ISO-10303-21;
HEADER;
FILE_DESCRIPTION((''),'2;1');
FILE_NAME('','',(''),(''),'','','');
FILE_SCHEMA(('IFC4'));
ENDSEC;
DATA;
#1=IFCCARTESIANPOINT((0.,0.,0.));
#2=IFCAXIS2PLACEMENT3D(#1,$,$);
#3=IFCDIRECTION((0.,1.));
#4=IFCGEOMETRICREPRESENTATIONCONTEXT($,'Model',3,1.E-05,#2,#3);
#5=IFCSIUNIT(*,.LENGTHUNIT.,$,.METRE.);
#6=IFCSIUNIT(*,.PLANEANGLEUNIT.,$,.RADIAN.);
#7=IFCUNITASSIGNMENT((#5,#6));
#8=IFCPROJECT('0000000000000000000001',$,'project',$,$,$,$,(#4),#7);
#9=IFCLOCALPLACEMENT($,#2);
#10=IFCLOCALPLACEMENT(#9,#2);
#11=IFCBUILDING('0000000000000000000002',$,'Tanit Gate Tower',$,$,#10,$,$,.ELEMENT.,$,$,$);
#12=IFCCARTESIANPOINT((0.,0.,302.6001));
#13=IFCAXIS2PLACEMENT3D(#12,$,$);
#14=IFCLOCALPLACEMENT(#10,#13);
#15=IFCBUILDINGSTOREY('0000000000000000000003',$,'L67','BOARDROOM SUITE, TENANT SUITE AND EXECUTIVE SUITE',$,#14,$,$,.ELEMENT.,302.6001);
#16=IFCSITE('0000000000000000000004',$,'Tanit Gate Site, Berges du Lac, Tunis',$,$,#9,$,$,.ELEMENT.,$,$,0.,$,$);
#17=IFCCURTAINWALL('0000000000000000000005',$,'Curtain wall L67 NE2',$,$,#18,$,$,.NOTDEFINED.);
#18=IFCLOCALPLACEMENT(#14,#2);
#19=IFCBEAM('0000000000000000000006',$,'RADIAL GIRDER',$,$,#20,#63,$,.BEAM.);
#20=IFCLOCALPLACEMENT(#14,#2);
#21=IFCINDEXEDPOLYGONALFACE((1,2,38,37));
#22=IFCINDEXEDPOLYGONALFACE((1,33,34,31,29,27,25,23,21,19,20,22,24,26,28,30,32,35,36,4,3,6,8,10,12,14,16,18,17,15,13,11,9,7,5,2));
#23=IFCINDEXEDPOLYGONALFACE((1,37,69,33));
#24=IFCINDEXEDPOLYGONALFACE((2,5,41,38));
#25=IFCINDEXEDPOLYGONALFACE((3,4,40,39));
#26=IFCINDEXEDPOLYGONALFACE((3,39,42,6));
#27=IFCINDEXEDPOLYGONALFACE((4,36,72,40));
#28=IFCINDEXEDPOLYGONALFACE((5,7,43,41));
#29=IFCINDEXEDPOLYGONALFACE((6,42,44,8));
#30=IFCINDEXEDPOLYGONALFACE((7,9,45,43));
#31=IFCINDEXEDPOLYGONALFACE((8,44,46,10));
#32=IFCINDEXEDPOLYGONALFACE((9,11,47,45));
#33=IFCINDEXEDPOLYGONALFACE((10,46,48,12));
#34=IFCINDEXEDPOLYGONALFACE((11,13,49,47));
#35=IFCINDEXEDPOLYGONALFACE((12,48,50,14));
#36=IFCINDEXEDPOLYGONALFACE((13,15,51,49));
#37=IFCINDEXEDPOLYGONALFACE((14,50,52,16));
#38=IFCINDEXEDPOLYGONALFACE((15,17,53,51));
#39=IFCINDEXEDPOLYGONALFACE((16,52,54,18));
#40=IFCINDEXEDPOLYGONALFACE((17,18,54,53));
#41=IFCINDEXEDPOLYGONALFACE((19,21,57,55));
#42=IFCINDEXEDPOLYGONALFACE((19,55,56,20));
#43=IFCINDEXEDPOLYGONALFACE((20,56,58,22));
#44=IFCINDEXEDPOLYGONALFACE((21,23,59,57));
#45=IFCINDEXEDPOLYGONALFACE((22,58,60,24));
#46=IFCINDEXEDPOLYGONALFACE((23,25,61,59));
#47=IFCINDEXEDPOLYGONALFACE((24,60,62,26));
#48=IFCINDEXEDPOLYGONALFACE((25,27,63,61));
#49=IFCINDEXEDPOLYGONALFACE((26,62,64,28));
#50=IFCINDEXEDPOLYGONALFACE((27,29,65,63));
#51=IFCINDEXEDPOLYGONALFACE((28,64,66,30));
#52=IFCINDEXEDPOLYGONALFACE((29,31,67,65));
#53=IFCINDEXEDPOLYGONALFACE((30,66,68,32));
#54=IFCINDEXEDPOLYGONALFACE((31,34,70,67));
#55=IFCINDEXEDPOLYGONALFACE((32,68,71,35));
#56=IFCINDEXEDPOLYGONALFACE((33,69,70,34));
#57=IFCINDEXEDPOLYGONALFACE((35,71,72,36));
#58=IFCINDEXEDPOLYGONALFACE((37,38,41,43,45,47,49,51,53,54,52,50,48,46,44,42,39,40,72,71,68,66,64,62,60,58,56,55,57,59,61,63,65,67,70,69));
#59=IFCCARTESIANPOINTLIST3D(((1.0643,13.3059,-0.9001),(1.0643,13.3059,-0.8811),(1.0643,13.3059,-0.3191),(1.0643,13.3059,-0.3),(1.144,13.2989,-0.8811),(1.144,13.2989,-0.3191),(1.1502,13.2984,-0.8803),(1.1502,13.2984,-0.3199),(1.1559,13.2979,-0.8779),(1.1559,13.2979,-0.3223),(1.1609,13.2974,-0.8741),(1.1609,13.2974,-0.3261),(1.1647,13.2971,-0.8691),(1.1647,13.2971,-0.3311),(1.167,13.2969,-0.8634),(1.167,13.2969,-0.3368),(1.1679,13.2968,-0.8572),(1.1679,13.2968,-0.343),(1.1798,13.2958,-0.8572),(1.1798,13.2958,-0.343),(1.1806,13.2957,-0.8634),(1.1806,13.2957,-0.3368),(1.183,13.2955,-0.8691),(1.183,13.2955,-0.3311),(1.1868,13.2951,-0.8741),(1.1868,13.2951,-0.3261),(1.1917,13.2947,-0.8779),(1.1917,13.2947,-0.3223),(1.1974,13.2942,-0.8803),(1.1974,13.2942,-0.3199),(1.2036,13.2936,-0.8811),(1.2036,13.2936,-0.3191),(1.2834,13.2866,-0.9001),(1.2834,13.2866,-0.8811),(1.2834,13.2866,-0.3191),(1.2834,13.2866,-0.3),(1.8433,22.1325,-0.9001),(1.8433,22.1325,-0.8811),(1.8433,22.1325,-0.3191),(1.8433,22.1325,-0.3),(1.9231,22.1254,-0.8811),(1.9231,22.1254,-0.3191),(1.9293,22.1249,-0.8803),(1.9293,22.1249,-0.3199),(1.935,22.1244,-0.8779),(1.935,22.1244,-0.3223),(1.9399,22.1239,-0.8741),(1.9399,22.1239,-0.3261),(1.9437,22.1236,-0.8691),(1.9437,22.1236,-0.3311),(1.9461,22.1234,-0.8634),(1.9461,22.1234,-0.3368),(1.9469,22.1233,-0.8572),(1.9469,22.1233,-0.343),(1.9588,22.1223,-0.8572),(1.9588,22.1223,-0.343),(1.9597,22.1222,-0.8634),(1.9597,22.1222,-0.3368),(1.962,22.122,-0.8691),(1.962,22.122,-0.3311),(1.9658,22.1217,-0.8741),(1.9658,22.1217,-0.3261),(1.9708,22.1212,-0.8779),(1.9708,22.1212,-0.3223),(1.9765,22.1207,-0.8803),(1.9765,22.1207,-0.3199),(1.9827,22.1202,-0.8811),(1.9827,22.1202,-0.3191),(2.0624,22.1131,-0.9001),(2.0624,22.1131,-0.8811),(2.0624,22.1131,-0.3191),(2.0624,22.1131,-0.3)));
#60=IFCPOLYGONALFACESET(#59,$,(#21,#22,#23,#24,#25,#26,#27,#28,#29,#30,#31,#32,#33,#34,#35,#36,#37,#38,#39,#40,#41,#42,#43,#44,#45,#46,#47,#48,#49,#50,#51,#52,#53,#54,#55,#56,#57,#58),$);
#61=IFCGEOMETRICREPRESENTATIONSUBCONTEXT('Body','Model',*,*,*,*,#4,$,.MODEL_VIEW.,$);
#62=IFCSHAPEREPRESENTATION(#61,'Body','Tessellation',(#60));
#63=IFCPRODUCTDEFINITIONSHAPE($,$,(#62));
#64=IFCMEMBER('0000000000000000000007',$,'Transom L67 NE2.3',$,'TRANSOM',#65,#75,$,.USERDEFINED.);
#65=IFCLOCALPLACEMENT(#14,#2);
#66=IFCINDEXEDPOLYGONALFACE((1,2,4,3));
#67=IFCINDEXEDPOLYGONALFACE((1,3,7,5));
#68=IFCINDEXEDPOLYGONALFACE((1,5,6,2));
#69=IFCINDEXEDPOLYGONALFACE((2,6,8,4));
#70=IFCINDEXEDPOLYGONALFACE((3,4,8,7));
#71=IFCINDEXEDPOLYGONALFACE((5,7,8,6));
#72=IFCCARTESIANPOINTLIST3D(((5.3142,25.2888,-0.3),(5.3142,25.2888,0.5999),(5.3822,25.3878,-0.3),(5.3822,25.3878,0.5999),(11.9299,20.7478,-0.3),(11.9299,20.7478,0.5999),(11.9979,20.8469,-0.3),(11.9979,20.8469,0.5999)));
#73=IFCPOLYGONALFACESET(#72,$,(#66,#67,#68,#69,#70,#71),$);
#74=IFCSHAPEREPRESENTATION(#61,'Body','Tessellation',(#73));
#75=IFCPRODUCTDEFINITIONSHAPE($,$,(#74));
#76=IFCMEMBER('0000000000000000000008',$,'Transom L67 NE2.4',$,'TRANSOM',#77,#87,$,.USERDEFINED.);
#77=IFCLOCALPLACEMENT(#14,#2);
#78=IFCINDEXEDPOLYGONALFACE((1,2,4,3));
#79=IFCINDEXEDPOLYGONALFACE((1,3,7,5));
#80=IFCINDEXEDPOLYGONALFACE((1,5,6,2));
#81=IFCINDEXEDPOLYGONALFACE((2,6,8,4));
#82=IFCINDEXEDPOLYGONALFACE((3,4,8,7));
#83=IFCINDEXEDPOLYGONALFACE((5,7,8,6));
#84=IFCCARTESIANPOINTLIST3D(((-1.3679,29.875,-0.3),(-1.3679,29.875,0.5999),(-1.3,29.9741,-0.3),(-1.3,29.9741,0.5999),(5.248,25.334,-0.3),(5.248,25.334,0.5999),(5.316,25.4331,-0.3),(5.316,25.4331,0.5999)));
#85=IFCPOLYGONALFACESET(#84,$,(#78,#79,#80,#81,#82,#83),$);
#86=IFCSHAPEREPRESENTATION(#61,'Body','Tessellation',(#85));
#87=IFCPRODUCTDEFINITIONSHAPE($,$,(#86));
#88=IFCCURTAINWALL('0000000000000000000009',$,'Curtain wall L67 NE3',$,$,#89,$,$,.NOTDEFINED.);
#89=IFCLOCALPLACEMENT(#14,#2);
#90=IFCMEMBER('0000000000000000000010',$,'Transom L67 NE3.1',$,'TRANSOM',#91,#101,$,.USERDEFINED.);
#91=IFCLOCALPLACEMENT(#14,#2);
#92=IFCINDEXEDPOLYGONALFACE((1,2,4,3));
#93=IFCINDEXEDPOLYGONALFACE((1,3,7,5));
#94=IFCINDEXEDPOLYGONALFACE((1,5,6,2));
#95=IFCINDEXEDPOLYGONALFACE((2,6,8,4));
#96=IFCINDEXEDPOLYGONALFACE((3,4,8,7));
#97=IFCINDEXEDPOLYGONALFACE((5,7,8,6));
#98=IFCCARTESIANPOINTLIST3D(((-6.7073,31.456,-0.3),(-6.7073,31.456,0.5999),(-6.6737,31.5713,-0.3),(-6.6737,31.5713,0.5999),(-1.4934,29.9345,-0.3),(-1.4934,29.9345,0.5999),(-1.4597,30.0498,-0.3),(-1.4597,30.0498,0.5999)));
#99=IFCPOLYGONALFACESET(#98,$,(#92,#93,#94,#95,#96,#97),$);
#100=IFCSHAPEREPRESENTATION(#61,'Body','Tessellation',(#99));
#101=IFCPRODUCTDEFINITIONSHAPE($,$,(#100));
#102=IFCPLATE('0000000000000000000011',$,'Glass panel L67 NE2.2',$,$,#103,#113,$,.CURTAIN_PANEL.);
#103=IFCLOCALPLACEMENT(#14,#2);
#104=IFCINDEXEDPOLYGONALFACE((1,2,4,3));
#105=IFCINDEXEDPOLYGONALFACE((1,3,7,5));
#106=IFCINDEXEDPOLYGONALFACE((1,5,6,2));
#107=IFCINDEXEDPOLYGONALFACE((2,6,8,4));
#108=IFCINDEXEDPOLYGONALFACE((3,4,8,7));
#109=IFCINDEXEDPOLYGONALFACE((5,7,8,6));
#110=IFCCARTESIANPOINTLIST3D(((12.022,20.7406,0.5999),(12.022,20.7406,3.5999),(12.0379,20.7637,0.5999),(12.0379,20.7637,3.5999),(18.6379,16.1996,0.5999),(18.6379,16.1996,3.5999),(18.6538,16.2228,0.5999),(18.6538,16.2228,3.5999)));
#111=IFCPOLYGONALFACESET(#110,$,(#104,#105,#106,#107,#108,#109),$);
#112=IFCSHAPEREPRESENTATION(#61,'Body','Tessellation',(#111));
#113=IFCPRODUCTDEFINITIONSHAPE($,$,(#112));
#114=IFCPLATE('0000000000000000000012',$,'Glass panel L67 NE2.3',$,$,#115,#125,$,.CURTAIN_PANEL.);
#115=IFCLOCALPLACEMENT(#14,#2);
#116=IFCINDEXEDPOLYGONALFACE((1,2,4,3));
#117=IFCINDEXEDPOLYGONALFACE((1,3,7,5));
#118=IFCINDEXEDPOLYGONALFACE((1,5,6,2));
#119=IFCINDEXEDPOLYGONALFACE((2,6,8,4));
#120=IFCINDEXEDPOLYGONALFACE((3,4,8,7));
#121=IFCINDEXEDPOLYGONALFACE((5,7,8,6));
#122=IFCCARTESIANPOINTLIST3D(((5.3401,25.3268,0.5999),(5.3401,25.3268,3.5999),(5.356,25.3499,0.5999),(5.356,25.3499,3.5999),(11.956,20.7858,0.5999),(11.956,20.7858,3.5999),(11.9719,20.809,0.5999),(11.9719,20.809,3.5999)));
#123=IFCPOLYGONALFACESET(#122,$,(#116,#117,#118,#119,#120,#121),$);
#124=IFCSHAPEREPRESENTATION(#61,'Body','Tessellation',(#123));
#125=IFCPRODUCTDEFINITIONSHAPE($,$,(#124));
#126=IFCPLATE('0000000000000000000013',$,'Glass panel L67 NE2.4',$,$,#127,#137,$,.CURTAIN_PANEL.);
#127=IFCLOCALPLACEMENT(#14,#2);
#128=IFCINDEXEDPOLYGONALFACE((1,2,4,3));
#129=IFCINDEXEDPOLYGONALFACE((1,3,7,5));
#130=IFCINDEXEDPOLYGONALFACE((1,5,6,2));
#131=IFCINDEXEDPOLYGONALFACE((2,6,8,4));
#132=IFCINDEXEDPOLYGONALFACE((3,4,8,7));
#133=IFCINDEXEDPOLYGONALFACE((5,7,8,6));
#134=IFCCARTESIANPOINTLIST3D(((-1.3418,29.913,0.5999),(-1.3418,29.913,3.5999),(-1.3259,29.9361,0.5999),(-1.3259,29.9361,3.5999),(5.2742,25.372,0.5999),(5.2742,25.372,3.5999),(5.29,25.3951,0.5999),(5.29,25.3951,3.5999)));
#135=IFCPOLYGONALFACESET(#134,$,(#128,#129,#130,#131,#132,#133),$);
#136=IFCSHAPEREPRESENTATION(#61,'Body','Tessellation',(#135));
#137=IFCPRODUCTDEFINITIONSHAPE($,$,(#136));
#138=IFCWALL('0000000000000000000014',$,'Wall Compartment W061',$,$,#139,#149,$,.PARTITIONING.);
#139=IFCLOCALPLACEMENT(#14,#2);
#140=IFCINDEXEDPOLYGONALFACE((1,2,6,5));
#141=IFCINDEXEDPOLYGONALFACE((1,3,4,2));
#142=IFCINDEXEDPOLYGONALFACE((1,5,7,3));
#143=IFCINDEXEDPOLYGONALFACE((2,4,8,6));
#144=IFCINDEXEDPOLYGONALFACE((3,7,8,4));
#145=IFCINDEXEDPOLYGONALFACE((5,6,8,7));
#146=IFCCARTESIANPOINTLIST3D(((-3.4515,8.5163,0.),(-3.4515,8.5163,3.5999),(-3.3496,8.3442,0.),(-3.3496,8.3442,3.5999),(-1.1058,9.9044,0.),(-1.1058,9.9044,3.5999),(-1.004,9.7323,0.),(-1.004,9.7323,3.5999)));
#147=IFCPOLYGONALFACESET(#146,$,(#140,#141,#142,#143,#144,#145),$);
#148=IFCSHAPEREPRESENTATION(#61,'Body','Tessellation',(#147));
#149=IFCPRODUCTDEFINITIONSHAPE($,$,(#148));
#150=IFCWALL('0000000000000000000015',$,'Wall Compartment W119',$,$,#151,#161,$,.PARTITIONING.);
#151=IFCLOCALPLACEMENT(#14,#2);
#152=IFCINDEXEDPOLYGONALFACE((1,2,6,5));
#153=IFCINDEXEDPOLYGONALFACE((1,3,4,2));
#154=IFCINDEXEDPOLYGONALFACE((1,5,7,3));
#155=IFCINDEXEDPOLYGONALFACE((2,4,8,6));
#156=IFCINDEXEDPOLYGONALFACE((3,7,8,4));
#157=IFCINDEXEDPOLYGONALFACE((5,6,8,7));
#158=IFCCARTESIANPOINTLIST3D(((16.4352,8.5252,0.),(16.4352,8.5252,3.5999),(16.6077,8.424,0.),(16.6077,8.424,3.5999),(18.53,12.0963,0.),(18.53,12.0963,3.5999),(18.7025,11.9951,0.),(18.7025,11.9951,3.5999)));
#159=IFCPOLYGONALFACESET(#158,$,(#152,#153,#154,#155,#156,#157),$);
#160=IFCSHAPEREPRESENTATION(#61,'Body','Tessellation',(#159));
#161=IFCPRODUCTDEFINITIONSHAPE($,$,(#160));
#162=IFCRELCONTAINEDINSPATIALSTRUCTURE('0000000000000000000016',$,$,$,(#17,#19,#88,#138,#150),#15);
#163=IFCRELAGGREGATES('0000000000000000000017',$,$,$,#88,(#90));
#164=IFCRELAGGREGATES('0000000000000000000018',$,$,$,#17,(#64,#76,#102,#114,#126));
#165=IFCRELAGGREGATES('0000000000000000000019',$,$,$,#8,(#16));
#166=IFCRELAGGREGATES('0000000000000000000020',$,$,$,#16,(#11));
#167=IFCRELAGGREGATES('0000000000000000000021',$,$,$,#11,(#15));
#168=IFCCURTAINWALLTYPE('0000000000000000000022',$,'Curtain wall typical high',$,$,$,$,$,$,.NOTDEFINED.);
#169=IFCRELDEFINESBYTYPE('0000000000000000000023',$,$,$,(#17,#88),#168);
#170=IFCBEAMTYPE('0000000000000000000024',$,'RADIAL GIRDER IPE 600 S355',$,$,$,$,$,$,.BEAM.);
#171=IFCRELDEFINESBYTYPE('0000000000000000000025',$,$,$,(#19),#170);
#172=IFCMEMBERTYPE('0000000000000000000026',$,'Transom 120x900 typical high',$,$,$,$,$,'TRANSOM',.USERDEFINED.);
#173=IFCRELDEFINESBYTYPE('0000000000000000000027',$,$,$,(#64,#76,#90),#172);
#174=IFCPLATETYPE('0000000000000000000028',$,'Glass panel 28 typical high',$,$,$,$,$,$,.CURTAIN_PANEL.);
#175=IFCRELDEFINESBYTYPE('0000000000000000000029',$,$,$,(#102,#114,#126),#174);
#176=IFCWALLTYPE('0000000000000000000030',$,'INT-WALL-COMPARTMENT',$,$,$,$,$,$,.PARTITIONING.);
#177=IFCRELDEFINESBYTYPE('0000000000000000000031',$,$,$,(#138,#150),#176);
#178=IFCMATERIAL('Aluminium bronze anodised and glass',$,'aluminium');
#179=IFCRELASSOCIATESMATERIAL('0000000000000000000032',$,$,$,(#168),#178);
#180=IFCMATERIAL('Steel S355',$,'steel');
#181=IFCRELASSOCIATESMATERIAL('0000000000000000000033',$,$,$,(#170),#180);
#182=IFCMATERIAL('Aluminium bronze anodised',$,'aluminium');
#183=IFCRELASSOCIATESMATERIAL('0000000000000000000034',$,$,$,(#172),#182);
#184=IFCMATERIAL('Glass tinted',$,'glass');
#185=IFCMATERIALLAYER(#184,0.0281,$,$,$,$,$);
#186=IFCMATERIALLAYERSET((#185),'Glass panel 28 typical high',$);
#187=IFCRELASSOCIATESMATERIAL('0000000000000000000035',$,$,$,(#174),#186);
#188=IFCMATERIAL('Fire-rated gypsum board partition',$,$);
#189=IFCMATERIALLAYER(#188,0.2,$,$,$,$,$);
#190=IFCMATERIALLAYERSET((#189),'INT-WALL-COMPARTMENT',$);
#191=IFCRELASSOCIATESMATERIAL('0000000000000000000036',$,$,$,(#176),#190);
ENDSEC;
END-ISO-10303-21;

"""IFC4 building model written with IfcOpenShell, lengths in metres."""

from ifc_helpers import new_model, si_unit, direction, frame, frame_2d, origin, origin_2d, place, context, subcontext, project, spatial, rectangle, i_section, extrude, material, layer, layer_set, material_profile, profile_set, type_object, element, aggregate, save


model = new_model("IFC4")

# Units and contexts
model_context = context("Model", 3, precision=1e-05, world=origin(), true_north=direction((0.0, 1.0)))
body_context = subcontext(model_context, "Body", "Model", "MODEL_VIEW")
ifc_project = project(units=[si_unit("LENGTHUNIT", "METRE"), si_unit("PLANEANGLEUNIT", "RADIAN")], contexts=[model_context])

# Site, building, storey
site_placement = place(None, origin())
site = spatial("IfcSite", under=ifc_project, at=site_placement, Name="Tanit Gate Site, Berges du Lac, Tunis", CompositionType="ELEMENT", RefElevation=0.0)
building_placement = place(site_placement, origin())
building = spatial("IfcBuilding", under=site, at=building_placement, Name="Tanit Gate Tower", CompositionType="ELEMENT")
storey_placement = place(building_placement, frame((0.0, 0.0, 302.6001)))
storey = spatial("IfcBuildingStorey", under=building, at=storey_placement, Name="L67", Description="BOARDROOM SUITE, TENANT SUITE AND EXECUTIVE SUITE", CompositionType="ELEMENT", Elevation=302.6001)

# Curtain wall
ifc_material_1 = material(Name="Aluminium bronze anodised and glass", Category="aluminium")
curtain_wall_type = type_object("IfcCurtainWallType", Name="Curtain wall typical high", PredefinedType="NOTDEFINED", material=ifc_material_1)
curtain_wall_1_placement = place(storey_placement, origin())
curtain_wall_1 = element("IfcCurtainWall", 1, at=curtain_wall_1_placement, inside=storey, type_object=curtain_wall_type, Name="Curtain wall L67 NE2", PredefinedType="NOTDEFINED")

# Beam
ifc_material_2 = material(Name="Steel S355", Category="steel")
ifc_material_profile_1 = material_profile(ifc_material_2, i_section(OverallWidth=0.22, OverallDepth=0.6001, WebThickness=0.012, FlangeThickness=0.019, FilletRadius=0.0239, at=origin_2d()), Name="IPE 600")
ifc_profile_set_1 = profile_set([ifc_material_profile_1], Name="Steel S355")
beam_type = type_object("IfcBeamType", Name="RADIAL GIRDER IPE 600 S355", PredefinedType="BEAM", material=ifc_profile_set_1)
beam_placement = place(storey_placement, frame((1.9529, 22.1228, -0.6001), z_axis=(-0.087922, -0.996127, 0.0), x_axis=(0.996127, -0.087922, 0.0)))
element("IfcBeam", 2, at=beam_placement, inside=storey, type_object=beam_type, Name="RADIAL GIRDER", PredefinedType="BEAM", context=body_context, shape_type="SweptSolid", body=[
    extrude(i_section(OverallWidth=0.22, OverallDepth=0.6001, WebThickness=0.012, FlangeThickness=0.019, FilletRadius=0.0239, at=origin_2d()), origin(), (0.0, 0.0, 1.0), 8.8608),
])

# Members
ifc_material_3 = material(Name="Aluminium bronze anodised", Category="aluminium")
ifc_material_profile_2 = material_profile(ifc_material_3, rectangle(XDim=0.1201, YDim=0.8999, at=origin_2d()), Name="120x900 bronze transom")
ifc_profile_set_2 = profile_set([ifc_material_profile_2], Name="Aluminium bronze anodised")
member_type_1 = type_object("IfcMemberType", Name="Transom 120x900 typical high", ElementType="TRANSOM", PredefinedType="USERDEFINED", material=ifc_profile_set_2)
member_1_placement = place(storey_placement, frame((11.9639, 20.7974, 0.1499), z_axis=(-0.824466, 0.565911, 0.0), x_axis=(-0.565911, -0.824466, 0.0)))
member_1 = element("IfcMember", 3, at=member_1_placement, type_object=member_type_1, Name="Transom L67 NE2.3", ObjectType="TRANSOM", PredefinedType="USERDEFINED", context=body_context, shape_type="SweptSolid", body=[
    extrude(rectangle(XDim=0.1201, YDim=0.8999, at=origin_2d()), origin(), (0.0, 0.0, 1.0), 8.0242),
])
member_2_placement = place(storey_placement, frame((5.282, 25.3835, 0.1499), z_axis=(-0.824476, 0.565897, 0.0), x_axis=(-0.565897, -0.824476, 0.0)))
member_2 = element("IfcMember", 4, at=member_2_placement, type_object=member_type_1, Name="Transom L67 NE2.4", ObjectType="TRANSOM", PredefinedType="USERDEFINED", context=body_context, shape_type="SweptSolid", body=[
    extrude(rectangle(XDim=0.1201, YDim=0.8999, at=origin_2d()), origin(), (0.0, 0.0, 1.0), 8.0244),
])

# Curtain wall, member
curtain_wall_2_placement = place(storey_placement, origin())
curtain_wall_2 = element("IfcCurtainWall", 5, at=curtain_wall_2_placement, inside=storey, type_object=curtain_wall_type, Name="Curtain wall L67 NE3", PredefinedType="NOTDEFINED")
member_3_placement = place(storey_placement, frame((-1.4766, 29.9922, 0.1499), z_axis=(-0.959962, 0.280131, 0.0), x_axis=(-0.280131, -0.959962, 0.0)))
member_3 = element("IfcMember", 6, at=member_3_placement, type_object=member_type_1, Name="Transom L67 NE3.1", ObjectType="TRANSOM", PredefinedType="USERDEFINED", context=body_context, shape_type="SweptSolid", body=[
    extrude(rectangle(XDim=0.1201, YDim=0.8999, at=origin_2d()), origin(), (0.0, 0.0, 1.0), 5.4314),
])
aggregate(curtain_wall_2, [member_3])

# Plates
ifc_material_4 = material(Name="Glass tinted", Category="glass")
ifc_layer_1 = layer(ifc_material_4, 0.0281)
ifc_layer_set_1 = layer_set([ifc_layer_1], Name="Glass panel 28 typical high")
plate_type = type_object("IfcPlateType", Name="Glass panel 28 typical high", PredefinedType="CURTAIN_PANEL", material=ifc_layer_set_1)
plate_1_placement = place(storey_placement, frame((15.3379, 18.4817, 0.5999), z_axis=(0.0, 0.0, 1.0), x_axis=(-0.824479, 0.565893, 0.0)))
plate_1 = element("IfcPlate", 7, at=plate_1_placement, type_object=plate_type, Name="Glass panel L67 NE2.2", PredefinedType="CURTAIN_PANEL", context=body_context, shape_type="SweptSolid", body=[
    extrude(rectangle(XDim=8.0244, YDim=0.0281, at=origin_2d()), origin(), (0.0, 0.0, 1.0), 3.0),
])
plate_2_placement = place(storey_placement, frame((8.656, 23.0679, 0.5999), z_axis=(0.0, 0.0, 1.0), x_axis=(-0.824479, 0.565893, 0.0)))
plate_2 = element("IfcPlate", 8, at=plate_2_placement, type_object=plate_type, Name="Glass panel L67 NE2.3", PredefinedType="CURTAIN_PANEL", context=body_context, shape_type="SweptSolid", body=[
    extrude(rectangle(XDim=8.0244, YDim=0.0281, at=origin_2d()), origin(), (0.0, 0.0, 1.0), 3.0),
])
plate_3_placement = place(storey_placement, frame((1.9741, 27.6541, 0.5999), z_axis=(0.0, 0.0, 1.0), x_axis=(-0.824479, 0.565893, 0.0)))
plate_3 = element("IfcPlate", 9, at=plate_3_placement, type_object=plate_type, Name="Glass panel L67 NE2.4", PredefinedType="CURTAIN_PANEL", context=body_context, shape_type="SweptSolid", body=[
    extrude(rectangle(XDim=8.0244, YDim=0.0281, at=origin_2d()), origin(), (0.0, 0.0, 1.0), 3.0),
])
aggregate(curtain_wall_1, [member_1, member_2, plate_1, plate_2, plate_3])

# Walls
ifc_material_5 = material(Name="Fire-rated gypsum board partition")
ifc_layer_2 = layer(ifc_material_5, 0.2)
ifc_layer_set_2 = layer_set([ifc_layer_2], Name="INT-WALL-COMPARTMENT")
wall_type_1 = type_object("IfcWallType", Name="INT-WALL-COMPARTMENT", PredefinedType="PARTITIONING", material=ifc_layer_set_2)
wall_1_placement = place(storey_placement, frame((-1.0549, 9.8184, 0.0), z_axis=(0.0, 0.0, 1.0), x_axis=(-0.860591, -0.509297, 0.0)))
element("IfcWall", 10, at=wall_1_placement, inside=storey, type_object=wall_type_1, Name="Wall Compartment W061", PredefinedType="PARTITIONING", context=body_context, shape_type="SweptSolid", body=[
    extrude(rectangle(XDim=2.7256, YDim=0.2, at=frame_2d((1.3628, 0.0))), origin(), (0.0, 0.0, 1.0), 3.5999),
])
wall_2_placement = place(storey_placement, frame((16.5215, 8.4746, 0.0), z_axis=(0.0, 0.0, 1.0), x_axis=(0.505963, 0.862555, 0.0)))
element("IfcWall", 11, at=wall_2_placement, inside=storey, type_object=wall_type_1, Name="Wall Compartment W119", PredefinedType="PARTITIONING", context=body_context, shape_type="SweptSolid", body=[
    extrude(rectangle(XDim=4.1401, YDim=0.2, at=frame_2d((2.0701, 0.0))), origin(), (0.0, 0.0, 1.0), 3.5999),
])

save(model, "model.ifc")
